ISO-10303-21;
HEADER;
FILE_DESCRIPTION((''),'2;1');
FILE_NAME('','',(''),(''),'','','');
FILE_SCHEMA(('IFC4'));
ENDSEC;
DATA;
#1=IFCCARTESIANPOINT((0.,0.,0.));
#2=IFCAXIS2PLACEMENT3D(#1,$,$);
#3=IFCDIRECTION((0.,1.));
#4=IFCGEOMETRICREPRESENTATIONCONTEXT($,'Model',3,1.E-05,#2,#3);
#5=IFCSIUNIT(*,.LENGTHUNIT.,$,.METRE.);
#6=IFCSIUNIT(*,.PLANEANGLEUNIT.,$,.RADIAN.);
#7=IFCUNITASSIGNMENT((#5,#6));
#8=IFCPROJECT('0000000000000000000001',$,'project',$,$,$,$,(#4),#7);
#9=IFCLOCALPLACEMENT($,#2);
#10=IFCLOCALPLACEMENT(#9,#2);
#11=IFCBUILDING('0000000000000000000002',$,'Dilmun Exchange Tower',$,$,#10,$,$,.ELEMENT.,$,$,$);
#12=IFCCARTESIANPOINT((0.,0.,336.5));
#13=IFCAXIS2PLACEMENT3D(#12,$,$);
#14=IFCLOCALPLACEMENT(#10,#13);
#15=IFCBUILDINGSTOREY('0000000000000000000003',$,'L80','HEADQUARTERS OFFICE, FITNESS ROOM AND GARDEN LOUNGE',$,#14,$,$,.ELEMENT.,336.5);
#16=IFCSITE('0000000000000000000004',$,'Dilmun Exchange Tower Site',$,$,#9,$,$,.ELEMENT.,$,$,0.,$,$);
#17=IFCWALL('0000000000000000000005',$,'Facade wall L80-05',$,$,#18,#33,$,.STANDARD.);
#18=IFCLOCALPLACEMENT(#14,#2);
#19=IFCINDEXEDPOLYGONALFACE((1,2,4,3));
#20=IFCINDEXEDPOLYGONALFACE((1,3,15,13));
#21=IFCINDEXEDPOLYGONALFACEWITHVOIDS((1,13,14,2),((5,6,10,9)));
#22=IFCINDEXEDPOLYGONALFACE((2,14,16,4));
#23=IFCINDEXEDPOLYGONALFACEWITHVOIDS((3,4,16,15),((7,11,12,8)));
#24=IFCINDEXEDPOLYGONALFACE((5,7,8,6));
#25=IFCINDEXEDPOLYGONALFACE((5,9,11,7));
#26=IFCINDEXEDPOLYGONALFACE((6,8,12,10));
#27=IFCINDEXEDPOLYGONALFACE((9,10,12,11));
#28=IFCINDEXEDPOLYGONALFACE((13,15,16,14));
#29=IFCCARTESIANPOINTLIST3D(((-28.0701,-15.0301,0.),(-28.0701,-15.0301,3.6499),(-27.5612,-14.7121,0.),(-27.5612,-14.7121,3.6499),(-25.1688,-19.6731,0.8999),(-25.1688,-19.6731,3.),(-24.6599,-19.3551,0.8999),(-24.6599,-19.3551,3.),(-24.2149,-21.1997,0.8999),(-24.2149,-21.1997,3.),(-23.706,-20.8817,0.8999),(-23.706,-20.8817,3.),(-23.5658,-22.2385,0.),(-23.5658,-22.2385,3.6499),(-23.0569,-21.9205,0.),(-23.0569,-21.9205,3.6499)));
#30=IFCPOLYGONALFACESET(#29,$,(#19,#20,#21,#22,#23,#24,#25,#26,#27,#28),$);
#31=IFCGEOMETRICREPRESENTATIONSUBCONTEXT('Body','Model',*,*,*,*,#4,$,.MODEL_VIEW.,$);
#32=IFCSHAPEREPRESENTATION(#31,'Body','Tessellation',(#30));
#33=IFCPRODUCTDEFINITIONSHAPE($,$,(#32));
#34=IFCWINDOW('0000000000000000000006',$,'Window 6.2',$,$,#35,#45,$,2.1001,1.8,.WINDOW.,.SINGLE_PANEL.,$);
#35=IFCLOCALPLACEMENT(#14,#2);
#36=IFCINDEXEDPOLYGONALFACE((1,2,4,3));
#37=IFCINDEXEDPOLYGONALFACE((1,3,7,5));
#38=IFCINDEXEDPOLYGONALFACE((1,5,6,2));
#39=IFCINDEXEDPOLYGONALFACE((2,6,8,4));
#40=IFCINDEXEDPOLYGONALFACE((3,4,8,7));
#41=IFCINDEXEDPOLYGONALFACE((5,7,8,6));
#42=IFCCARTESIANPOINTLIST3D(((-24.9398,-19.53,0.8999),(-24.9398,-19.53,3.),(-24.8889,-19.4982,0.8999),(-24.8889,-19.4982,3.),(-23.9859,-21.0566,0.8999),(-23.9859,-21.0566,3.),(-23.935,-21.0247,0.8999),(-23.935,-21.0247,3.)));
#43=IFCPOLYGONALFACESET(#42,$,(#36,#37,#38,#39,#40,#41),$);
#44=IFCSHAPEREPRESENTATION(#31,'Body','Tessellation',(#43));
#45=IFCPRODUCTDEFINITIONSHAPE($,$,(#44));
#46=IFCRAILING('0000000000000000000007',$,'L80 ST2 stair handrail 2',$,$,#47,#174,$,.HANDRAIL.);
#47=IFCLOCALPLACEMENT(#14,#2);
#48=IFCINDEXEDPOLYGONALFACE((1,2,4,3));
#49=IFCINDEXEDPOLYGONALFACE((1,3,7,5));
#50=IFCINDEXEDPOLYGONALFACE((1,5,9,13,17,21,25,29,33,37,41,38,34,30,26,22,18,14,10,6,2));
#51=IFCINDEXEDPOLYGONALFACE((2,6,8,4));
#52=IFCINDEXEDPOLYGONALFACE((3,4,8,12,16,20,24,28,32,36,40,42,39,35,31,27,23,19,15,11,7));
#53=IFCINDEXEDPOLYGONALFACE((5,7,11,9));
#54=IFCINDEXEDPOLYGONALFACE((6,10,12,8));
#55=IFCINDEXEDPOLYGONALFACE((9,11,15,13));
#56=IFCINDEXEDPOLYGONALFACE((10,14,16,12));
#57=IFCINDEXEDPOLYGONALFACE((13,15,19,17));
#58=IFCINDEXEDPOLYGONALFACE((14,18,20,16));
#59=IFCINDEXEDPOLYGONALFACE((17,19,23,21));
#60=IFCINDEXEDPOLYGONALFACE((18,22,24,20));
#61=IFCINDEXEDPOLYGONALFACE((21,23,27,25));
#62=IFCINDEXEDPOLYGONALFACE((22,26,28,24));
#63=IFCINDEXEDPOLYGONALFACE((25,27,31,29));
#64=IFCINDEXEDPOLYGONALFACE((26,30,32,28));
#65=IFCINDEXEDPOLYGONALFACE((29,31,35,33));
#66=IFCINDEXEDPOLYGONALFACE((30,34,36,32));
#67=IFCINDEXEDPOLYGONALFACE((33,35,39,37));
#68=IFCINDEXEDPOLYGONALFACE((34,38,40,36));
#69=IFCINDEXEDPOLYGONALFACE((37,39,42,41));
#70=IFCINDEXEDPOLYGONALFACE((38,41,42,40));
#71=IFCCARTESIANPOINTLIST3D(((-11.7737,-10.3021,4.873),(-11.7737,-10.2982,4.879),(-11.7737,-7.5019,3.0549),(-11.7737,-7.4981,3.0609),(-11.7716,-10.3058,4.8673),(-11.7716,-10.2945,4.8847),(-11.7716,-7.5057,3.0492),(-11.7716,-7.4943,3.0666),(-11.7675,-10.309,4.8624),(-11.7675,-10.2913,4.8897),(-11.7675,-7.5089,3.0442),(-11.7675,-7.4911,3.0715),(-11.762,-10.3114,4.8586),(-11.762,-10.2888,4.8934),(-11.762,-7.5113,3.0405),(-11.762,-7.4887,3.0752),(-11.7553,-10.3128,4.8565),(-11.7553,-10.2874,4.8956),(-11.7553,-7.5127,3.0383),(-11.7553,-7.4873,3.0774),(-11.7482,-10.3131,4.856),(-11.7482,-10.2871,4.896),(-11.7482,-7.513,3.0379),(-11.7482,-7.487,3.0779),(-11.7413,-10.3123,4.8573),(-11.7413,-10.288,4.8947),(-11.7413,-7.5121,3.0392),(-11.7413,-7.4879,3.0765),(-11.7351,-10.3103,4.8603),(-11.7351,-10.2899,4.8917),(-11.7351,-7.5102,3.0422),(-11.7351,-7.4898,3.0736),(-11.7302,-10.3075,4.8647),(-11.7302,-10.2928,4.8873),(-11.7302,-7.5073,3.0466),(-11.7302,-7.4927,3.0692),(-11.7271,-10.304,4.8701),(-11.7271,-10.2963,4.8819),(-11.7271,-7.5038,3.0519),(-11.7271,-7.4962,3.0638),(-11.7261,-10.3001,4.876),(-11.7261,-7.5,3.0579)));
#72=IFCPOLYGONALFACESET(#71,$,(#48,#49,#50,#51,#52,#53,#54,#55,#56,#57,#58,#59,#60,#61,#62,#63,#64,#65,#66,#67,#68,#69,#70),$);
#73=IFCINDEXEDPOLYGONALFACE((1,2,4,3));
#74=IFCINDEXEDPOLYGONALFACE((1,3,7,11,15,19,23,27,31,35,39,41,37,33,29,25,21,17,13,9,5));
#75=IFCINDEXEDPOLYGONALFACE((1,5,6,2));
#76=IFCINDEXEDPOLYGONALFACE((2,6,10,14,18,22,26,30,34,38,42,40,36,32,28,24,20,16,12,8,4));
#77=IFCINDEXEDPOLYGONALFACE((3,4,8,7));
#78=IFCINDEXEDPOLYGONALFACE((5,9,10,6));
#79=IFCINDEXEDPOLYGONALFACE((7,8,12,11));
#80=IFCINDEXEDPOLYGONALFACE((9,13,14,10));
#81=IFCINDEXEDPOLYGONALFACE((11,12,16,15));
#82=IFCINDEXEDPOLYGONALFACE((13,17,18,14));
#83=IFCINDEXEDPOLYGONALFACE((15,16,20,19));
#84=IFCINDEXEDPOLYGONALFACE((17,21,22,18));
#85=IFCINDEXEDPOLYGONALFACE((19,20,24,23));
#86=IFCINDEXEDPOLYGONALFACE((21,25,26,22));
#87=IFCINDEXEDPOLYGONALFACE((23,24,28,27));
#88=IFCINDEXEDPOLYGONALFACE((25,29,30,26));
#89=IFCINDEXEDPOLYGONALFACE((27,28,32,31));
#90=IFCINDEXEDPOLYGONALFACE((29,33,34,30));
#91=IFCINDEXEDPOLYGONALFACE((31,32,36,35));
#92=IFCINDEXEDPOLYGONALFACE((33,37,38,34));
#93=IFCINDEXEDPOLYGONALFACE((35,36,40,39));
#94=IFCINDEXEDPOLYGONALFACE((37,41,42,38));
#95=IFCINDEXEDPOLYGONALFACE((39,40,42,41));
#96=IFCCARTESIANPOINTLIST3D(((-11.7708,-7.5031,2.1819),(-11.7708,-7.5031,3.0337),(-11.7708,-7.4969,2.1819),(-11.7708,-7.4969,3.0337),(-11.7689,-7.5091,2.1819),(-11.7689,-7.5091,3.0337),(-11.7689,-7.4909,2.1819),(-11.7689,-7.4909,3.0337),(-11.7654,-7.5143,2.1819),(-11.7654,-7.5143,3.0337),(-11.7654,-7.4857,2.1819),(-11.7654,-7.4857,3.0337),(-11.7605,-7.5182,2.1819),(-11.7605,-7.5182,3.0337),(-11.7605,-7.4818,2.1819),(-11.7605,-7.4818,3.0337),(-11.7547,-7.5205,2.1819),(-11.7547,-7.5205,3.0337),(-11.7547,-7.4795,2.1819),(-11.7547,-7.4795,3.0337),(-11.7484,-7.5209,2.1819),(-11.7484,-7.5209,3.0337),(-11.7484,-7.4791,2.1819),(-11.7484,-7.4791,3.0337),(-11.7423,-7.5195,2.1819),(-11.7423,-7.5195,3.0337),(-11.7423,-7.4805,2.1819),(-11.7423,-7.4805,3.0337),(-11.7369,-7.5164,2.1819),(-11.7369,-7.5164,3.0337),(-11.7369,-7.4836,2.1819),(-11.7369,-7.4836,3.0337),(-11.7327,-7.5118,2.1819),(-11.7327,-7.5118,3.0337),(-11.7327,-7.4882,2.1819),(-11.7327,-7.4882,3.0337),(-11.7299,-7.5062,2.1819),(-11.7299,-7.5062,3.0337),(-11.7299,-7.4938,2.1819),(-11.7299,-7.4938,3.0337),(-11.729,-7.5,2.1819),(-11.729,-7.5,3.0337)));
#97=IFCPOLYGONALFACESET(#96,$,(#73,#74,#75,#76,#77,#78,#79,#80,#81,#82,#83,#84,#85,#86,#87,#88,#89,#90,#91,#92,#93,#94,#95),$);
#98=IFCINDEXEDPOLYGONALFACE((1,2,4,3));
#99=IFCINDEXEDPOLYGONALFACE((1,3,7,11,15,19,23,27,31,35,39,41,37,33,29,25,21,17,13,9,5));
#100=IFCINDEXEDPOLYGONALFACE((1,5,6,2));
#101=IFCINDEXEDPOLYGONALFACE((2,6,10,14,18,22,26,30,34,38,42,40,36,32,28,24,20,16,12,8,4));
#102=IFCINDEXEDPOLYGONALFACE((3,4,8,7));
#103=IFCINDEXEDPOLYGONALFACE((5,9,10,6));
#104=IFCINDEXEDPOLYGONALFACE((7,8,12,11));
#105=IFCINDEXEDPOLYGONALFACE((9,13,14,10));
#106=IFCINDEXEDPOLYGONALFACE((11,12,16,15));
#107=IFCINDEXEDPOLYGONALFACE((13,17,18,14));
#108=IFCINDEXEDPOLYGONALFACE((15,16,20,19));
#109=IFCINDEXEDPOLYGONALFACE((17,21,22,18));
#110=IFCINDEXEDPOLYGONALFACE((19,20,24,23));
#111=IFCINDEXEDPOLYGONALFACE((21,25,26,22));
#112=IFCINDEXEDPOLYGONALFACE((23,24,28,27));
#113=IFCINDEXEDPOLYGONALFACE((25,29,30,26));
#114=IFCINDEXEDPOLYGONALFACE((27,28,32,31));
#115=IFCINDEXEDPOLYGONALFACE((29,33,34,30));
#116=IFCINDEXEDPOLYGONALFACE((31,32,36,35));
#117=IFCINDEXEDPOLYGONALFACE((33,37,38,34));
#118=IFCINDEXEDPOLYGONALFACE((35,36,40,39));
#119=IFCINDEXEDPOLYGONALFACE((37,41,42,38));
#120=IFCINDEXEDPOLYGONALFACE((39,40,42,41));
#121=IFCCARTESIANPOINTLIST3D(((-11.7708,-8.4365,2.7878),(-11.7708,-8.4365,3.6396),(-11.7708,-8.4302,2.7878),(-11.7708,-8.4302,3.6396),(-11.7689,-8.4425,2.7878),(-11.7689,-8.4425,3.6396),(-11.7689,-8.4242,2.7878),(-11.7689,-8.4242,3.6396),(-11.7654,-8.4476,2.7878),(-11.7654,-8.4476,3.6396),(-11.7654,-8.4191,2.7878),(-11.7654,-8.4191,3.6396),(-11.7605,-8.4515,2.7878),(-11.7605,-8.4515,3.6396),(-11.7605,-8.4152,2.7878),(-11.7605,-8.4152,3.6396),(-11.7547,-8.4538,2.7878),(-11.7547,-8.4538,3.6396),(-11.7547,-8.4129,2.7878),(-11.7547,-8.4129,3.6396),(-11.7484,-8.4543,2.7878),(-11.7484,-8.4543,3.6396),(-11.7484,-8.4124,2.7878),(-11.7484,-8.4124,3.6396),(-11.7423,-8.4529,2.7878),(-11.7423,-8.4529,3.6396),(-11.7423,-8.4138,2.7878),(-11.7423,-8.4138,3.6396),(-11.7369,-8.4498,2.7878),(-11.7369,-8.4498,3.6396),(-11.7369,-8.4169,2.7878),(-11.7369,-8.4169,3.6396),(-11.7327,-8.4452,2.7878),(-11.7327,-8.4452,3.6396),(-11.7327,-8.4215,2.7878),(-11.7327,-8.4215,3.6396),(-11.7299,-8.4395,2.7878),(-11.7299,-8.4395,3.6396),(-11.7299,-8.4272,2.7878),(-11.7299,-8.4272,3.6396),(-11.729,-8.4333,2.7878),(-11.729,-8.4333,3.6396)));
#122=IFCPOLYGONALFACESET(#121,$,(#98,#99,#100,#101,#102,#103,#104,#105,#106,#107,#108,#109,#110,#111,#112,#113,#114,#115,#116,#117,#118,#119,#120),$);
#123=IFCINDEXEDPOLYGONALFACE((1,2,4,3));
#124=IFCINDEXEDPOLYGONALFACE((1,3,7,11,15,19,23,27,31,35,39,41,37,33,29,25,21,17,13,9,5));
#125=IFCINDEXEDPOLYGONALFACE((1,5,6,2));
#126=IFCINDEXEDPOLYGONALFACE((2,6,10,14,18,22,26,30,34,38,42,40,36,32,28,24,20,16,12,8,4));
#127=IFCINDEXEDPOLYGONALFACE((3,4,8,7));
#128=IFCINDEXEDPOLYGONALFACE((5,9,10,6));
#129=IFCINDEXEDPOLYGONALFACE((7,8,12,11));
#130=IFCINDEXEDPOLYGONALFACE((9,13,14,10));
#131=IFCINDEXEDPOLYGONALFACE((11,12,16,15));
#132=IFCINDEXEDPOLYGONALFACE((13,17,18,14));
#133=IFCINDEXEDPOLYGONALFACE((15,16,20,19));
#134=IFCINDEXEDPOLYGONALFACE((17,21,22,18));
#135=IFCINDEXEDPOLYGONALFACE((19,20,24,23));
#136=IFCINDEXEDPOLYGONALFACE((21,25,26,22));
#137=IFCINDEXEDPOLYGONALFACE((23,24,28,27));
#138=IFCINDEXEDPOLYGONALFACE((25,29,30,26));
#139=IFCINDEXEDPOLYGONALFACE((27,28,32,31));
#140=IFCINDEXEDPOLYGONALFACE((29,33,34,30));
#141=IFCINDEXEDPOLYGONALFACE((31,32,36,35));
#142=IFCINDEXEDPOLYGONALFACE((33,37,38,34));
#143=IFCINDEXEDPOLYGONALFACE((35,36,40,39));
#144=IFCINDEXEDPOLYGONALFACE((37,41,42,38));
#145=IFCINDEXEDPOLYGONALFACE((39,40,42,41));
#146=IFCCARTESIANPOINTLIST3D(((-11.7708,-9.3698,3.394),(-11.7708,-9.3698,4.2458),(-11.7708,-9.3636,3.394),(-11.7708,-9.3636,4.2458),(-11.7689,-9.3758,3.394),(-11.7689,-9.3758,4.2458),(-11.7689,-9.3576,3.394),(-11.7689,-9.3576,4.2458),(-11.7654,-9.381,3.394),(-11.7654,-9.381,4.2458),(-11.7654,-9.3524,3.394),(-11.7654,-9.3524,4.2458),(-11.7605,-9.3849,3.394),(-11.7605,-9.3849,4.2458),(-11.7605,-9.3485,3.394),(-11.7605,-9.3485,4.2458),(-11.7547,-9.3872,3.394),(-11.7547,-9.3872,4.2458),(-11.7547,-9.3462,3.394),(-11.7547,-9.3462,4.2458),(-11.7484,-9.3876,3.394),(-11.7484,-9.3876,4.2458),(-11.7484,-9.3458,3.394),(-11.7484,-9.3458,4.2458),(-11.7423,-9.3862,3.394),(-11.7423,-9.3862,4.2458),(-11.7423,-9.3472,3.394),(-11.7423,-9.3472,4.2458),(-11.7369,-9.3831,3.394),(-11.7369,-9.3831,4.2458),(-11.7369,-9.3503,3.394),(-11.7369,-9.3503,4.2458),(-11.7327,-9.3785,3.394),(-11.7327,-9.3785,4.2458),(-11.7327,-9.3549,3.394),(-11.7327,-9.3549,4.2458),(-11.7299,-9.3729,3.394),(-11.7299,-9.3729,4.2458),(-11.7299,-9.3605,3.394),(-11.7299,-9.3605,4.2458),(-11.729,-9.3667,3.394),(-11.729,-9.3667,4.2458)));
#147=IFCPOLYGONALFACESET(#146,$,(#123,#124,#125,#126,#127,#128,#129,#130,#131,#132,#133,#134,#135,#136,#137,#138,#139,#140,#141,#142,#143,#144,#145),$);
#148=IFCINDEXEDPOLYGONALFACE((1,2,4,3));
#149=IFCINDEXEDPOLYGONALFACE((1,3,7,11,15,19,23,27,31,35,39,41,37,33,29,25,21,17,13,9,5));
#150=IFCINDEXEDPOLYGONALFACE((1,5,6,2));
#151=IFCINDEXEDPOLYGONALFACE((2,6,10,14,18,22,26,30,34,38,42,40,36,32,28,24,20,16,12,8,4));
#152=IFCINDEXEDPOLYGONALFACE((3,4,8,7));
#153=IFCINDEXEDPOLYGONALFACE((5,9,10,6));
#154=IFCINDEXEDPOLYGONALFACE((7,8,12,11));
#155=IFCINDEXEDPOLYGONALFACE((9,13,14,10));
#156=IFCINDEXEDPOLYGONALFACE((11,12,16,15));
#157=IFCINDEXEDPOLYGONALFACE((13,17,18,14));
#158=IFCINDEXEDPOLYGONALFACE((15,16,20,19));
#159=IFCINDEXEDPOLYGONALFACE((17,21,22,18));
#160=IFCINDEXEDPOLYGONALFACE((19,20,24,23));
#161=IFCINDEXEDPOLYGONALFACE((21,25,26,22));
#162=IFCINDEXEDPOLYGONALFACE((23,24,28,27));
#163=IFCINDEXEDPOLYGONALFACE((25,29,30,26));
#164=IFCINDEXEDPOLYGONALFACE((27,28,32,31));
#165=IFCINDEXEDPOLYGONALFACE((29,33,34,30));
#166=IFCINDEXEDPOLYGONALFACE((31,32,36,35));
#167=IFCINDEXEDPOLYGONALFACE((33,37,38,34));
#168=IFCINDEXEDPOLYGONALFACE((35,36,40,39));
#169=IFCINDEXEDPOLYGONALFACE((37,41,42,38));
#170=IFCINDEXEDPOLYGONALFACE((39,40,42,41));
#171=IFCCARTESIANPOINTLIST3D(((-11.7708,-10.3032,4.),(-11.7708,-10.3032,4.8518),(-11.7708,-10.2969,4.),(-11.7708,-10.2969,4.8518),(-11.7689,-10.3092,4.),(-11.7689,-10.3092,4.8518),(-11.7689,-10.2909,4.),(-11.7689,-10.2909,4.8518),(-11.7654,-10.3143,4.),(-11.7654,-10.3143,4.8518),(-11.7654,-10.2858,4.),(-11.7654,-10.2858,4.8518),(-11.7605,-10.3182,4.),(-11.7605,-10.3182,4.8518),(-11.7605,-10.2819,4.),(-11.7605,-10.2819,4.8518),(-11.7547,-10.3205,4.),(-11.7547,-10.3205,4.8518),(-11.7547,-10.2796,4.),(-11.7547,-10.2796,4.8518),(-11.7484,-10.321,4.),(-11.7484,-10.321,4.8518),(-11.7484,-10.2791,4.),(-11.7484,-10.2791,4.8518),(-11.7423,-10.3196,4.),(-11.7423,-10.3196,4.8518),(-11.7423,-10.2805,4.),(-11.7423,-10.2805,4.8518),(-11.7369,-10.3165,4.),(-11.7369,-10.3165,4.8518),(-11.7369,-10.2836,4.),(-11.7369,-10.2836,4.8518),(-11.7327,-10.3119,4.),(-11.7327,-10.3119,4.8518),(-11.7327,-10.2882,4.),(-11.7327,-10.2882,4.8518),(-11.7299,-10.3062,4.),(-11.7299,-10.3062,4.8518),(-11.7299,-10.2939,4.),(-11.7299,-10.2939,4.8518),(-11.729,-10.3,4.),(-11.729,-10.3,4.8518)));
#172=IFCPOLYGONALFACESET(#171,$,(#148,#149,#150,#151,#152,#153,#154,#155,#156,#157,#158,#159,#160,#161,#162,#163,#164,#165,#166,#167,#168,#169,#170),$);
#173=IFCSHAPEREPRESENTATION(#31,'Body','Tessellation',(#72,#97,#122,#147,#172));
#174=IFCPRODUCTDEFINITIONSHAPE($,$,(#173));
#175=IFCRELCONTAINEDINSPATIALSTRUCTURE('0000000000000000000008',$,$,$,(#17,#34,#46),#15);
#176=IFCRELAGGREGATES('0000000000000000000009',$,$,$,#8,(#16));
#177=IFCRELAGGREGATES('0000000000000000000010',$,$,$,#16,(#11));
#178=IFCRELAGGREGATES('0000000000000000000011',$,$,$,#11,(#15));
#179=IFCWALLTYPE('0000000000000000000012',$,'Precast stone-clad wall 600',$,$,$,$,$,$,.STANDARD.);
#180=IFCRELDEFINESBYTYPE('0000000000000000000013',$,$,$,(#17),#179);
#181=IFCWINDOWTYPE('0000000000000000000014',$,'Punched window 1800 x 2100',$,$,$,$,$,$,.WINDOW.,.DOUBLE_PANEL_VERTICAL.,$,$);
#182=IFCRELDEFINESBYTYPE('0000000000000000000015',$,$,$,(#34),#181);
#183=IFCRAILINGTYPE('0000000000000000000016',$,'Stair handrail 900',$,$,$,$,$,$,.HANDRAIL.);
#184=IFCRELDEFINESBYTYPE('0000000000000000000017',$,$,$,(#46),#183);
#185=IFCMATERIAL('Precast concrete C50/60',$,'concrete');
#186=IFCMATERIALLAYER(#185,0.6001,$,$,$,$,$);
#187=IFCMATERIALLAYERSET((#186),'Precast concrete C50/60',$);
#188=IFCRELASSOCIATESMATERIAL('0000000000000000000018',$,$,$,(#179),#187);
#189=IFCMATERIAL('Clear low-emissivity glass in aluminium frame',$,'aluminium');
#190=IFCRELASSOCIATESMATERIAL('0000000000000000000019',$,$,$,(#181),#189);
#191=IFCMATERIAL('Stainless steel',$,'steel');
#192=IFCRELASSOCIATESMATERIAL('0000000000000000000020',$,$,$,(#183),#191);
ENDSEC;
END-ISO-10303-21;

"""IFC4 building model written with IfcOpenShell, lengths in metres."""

from ifc_helpers import new_model, si_unit, direction, frame, frame_2d, origin, origin_2d, place, context, subcontext, project, spatial, rectangle, circle, extrude, material, layer, layer_set, type_object, element, fill, save


model = new_model("IFC4")

# Units and contexts
model_context = context("Model", 3, precision=1e-05, world=origin(), true_north=direction((0.0, 1.0)))
body_context = subcontext(model_context, "Body", "Model", "MODEL_VIEW")
ifc_project = project(units=[si_unit("LENGTHUNIT", "METRE"), si_unit("PLANEANGLEUNIT", "RADIAN")], contexts=[model_context])

# Site, building, storey
site_placement = place(None, origin())
site = spatial("IfcSite", under=ifc_project, at=site_placement, Name="Dilmun Exchange Tower Site", CompositionType="ELEMENT", RefElevation=0.0)
building_placement = place(site_placement, origin())
building = spatial("IfcBuilding", under=site, at=building_placement, Name="Dilmun Exchange Tower", CompositionType="ELEMENT")
storey_placement = place(building_placement, frame((0.0, 0.0, 336.5)))
storey = spatial("IfcBuildingStorey", under=building, at=storey_placement, Name="L80", Description="HEADQUARTERS OFFICE, FITNESS ROOM AND GARDEN LOUNGE", CompositionType="ELEMENT", Elevation=336.5)

# Wall, opening, window
ifc_material_1 = material(Name="Precast concrete C50/60", Category="concrete")
ifc_layer_1 = layer(ifc_material_1, 0.6001)
ifc_layer_set_1 = layer_set([ifc_layer_1], Name="Precast concrete C50/60")
wall_type_1 = type_object("IfcWallType", Name="Precast stone-clad wall 600", PredefinedType="STANDARD", material=ifc_layer_set_1)
wall_1_placement = place(storey_placement, frame((-27.8157, -14.8711, 0.0), z_axis=(0.0, 0.0, 1.0), x_axis=(0.529921, -0.848047, 0.0)))
wall_1 = element("IfcWall", 1, at=wall_1_placement, inside=storey, type_object=wall_type_1, Name="Facade wall L80-05", PredefinedType="STANDARD", context=body_context, shape_type="SweptSolid", body=[
    extrude(rectangle(XDim=8.5, YDim=0.6001, at=frame_2d((4.25, 0.0))), origin(), (0.0, 0.0, 1.0), 3.6499),
])
opening_1_placement = place(wall_1_placement, frame((5.4751, 0.0, 0.8999)))
opening_1 = element("IfcOpeningElement", 2, at=opening_1_placement, cuts=wall_1, PredefinedType="OPENING", context=body_context, shape_type="SweptSolid", body=[
    extrude(rectangle(XDim=1.8, YDim=2.1001, at=frame_2d((0.8999, 1.05))), frame((0.0, 0.3101, 0.0), z_axis=(0.0, -1.0, 0.0), x_axis=(1.0, 0.0, 0.0)), (0.0, 0.0, 1.0), 0.6201),
])
ifc_material_2 = material(Name="Clear low-emissivity glass in aluminium frame", Category="aluminium")
window_type = type_object("IfcWindowType", Name="Punched window 1800 x 2100", PartitioningType="DOUBLE_PANEL_VERTICAL", PredefinedType="WINDOW", material=ifc_material_2)
window_placement = place(opening_1_placement, origin())
window = element("IfcWindow", 3, at=window_placement, inside=storey, type_object=window_type, Name="Window 6.2", OverallHeight=2.1001, OverallWidth=1.8, PartitioningType="SINGLE_PANEL", PredefinedType="WINDOW", context=body_context, shape_type="SweptSolid", body=[
    extrude(rectangle(XDim=1.8, YDim=2.1001, at=frame_2d((0.8999, 1.05))), frame((0.0, 0.03, 0.0), z_axis=(0.0, -1.0, 0.0), x_axis=(1.0, 0.0, 0.0)), (0.0, 0.0, 1.0), 0.0601),
])
fill(opening_1, window)

# Railing
ifc_material_3 = material(Name="Stainless steel", Category="steel")
railing_type = type_object("IfcRailingType", Name="Stair handrail 900", PredefinedType="HANDRAIL", material=ifc_material_3)
railing_placement = place(storey_placement, frame((-11.75, -7.5, 2.1819)))
element("IfcRailing", 4, at=railing_placement, inside=storey, type_object=railing_type, Name="L80 ST2 stair handrail 2", PredefinedType="HANDRAIL", context=body_context, shape_type="SweptSolid", body=[
    extrude(circle(Radius=0.0239, at=origin_2d()), frame((0.0, 0.0, 0.876), z_axis=(0.0, -0.838706, 0.544585), x_axis=(1.0, 0.0, 0.0)), (0.0, 0.0, 1.0), 3.3386),
    extrude(circle(Radius=0.021, at=origin_2d()), origin(), (0.0, 0.0, 1.0), 0.8518),
    extrude(circle(Radius=0.021, at=origin_2d()), frame((0.0, -0.9333, 0.606)), (0.0, 0.0, 1.0), 0.8518),
    extrude(circle(Radius=0.021, at=origin_2d()), frame((0.0, -1.8667, 1.2122)), (0.0, 0.0, 1.0), 0.8518),
    extrude(circle(Radius=0.021, at=origin_2d()), frame((0.0, -2.8, 1.8181)), (0.0, 0.0, 1.0), 0.8518),
])

save(model, "model.ifc")
